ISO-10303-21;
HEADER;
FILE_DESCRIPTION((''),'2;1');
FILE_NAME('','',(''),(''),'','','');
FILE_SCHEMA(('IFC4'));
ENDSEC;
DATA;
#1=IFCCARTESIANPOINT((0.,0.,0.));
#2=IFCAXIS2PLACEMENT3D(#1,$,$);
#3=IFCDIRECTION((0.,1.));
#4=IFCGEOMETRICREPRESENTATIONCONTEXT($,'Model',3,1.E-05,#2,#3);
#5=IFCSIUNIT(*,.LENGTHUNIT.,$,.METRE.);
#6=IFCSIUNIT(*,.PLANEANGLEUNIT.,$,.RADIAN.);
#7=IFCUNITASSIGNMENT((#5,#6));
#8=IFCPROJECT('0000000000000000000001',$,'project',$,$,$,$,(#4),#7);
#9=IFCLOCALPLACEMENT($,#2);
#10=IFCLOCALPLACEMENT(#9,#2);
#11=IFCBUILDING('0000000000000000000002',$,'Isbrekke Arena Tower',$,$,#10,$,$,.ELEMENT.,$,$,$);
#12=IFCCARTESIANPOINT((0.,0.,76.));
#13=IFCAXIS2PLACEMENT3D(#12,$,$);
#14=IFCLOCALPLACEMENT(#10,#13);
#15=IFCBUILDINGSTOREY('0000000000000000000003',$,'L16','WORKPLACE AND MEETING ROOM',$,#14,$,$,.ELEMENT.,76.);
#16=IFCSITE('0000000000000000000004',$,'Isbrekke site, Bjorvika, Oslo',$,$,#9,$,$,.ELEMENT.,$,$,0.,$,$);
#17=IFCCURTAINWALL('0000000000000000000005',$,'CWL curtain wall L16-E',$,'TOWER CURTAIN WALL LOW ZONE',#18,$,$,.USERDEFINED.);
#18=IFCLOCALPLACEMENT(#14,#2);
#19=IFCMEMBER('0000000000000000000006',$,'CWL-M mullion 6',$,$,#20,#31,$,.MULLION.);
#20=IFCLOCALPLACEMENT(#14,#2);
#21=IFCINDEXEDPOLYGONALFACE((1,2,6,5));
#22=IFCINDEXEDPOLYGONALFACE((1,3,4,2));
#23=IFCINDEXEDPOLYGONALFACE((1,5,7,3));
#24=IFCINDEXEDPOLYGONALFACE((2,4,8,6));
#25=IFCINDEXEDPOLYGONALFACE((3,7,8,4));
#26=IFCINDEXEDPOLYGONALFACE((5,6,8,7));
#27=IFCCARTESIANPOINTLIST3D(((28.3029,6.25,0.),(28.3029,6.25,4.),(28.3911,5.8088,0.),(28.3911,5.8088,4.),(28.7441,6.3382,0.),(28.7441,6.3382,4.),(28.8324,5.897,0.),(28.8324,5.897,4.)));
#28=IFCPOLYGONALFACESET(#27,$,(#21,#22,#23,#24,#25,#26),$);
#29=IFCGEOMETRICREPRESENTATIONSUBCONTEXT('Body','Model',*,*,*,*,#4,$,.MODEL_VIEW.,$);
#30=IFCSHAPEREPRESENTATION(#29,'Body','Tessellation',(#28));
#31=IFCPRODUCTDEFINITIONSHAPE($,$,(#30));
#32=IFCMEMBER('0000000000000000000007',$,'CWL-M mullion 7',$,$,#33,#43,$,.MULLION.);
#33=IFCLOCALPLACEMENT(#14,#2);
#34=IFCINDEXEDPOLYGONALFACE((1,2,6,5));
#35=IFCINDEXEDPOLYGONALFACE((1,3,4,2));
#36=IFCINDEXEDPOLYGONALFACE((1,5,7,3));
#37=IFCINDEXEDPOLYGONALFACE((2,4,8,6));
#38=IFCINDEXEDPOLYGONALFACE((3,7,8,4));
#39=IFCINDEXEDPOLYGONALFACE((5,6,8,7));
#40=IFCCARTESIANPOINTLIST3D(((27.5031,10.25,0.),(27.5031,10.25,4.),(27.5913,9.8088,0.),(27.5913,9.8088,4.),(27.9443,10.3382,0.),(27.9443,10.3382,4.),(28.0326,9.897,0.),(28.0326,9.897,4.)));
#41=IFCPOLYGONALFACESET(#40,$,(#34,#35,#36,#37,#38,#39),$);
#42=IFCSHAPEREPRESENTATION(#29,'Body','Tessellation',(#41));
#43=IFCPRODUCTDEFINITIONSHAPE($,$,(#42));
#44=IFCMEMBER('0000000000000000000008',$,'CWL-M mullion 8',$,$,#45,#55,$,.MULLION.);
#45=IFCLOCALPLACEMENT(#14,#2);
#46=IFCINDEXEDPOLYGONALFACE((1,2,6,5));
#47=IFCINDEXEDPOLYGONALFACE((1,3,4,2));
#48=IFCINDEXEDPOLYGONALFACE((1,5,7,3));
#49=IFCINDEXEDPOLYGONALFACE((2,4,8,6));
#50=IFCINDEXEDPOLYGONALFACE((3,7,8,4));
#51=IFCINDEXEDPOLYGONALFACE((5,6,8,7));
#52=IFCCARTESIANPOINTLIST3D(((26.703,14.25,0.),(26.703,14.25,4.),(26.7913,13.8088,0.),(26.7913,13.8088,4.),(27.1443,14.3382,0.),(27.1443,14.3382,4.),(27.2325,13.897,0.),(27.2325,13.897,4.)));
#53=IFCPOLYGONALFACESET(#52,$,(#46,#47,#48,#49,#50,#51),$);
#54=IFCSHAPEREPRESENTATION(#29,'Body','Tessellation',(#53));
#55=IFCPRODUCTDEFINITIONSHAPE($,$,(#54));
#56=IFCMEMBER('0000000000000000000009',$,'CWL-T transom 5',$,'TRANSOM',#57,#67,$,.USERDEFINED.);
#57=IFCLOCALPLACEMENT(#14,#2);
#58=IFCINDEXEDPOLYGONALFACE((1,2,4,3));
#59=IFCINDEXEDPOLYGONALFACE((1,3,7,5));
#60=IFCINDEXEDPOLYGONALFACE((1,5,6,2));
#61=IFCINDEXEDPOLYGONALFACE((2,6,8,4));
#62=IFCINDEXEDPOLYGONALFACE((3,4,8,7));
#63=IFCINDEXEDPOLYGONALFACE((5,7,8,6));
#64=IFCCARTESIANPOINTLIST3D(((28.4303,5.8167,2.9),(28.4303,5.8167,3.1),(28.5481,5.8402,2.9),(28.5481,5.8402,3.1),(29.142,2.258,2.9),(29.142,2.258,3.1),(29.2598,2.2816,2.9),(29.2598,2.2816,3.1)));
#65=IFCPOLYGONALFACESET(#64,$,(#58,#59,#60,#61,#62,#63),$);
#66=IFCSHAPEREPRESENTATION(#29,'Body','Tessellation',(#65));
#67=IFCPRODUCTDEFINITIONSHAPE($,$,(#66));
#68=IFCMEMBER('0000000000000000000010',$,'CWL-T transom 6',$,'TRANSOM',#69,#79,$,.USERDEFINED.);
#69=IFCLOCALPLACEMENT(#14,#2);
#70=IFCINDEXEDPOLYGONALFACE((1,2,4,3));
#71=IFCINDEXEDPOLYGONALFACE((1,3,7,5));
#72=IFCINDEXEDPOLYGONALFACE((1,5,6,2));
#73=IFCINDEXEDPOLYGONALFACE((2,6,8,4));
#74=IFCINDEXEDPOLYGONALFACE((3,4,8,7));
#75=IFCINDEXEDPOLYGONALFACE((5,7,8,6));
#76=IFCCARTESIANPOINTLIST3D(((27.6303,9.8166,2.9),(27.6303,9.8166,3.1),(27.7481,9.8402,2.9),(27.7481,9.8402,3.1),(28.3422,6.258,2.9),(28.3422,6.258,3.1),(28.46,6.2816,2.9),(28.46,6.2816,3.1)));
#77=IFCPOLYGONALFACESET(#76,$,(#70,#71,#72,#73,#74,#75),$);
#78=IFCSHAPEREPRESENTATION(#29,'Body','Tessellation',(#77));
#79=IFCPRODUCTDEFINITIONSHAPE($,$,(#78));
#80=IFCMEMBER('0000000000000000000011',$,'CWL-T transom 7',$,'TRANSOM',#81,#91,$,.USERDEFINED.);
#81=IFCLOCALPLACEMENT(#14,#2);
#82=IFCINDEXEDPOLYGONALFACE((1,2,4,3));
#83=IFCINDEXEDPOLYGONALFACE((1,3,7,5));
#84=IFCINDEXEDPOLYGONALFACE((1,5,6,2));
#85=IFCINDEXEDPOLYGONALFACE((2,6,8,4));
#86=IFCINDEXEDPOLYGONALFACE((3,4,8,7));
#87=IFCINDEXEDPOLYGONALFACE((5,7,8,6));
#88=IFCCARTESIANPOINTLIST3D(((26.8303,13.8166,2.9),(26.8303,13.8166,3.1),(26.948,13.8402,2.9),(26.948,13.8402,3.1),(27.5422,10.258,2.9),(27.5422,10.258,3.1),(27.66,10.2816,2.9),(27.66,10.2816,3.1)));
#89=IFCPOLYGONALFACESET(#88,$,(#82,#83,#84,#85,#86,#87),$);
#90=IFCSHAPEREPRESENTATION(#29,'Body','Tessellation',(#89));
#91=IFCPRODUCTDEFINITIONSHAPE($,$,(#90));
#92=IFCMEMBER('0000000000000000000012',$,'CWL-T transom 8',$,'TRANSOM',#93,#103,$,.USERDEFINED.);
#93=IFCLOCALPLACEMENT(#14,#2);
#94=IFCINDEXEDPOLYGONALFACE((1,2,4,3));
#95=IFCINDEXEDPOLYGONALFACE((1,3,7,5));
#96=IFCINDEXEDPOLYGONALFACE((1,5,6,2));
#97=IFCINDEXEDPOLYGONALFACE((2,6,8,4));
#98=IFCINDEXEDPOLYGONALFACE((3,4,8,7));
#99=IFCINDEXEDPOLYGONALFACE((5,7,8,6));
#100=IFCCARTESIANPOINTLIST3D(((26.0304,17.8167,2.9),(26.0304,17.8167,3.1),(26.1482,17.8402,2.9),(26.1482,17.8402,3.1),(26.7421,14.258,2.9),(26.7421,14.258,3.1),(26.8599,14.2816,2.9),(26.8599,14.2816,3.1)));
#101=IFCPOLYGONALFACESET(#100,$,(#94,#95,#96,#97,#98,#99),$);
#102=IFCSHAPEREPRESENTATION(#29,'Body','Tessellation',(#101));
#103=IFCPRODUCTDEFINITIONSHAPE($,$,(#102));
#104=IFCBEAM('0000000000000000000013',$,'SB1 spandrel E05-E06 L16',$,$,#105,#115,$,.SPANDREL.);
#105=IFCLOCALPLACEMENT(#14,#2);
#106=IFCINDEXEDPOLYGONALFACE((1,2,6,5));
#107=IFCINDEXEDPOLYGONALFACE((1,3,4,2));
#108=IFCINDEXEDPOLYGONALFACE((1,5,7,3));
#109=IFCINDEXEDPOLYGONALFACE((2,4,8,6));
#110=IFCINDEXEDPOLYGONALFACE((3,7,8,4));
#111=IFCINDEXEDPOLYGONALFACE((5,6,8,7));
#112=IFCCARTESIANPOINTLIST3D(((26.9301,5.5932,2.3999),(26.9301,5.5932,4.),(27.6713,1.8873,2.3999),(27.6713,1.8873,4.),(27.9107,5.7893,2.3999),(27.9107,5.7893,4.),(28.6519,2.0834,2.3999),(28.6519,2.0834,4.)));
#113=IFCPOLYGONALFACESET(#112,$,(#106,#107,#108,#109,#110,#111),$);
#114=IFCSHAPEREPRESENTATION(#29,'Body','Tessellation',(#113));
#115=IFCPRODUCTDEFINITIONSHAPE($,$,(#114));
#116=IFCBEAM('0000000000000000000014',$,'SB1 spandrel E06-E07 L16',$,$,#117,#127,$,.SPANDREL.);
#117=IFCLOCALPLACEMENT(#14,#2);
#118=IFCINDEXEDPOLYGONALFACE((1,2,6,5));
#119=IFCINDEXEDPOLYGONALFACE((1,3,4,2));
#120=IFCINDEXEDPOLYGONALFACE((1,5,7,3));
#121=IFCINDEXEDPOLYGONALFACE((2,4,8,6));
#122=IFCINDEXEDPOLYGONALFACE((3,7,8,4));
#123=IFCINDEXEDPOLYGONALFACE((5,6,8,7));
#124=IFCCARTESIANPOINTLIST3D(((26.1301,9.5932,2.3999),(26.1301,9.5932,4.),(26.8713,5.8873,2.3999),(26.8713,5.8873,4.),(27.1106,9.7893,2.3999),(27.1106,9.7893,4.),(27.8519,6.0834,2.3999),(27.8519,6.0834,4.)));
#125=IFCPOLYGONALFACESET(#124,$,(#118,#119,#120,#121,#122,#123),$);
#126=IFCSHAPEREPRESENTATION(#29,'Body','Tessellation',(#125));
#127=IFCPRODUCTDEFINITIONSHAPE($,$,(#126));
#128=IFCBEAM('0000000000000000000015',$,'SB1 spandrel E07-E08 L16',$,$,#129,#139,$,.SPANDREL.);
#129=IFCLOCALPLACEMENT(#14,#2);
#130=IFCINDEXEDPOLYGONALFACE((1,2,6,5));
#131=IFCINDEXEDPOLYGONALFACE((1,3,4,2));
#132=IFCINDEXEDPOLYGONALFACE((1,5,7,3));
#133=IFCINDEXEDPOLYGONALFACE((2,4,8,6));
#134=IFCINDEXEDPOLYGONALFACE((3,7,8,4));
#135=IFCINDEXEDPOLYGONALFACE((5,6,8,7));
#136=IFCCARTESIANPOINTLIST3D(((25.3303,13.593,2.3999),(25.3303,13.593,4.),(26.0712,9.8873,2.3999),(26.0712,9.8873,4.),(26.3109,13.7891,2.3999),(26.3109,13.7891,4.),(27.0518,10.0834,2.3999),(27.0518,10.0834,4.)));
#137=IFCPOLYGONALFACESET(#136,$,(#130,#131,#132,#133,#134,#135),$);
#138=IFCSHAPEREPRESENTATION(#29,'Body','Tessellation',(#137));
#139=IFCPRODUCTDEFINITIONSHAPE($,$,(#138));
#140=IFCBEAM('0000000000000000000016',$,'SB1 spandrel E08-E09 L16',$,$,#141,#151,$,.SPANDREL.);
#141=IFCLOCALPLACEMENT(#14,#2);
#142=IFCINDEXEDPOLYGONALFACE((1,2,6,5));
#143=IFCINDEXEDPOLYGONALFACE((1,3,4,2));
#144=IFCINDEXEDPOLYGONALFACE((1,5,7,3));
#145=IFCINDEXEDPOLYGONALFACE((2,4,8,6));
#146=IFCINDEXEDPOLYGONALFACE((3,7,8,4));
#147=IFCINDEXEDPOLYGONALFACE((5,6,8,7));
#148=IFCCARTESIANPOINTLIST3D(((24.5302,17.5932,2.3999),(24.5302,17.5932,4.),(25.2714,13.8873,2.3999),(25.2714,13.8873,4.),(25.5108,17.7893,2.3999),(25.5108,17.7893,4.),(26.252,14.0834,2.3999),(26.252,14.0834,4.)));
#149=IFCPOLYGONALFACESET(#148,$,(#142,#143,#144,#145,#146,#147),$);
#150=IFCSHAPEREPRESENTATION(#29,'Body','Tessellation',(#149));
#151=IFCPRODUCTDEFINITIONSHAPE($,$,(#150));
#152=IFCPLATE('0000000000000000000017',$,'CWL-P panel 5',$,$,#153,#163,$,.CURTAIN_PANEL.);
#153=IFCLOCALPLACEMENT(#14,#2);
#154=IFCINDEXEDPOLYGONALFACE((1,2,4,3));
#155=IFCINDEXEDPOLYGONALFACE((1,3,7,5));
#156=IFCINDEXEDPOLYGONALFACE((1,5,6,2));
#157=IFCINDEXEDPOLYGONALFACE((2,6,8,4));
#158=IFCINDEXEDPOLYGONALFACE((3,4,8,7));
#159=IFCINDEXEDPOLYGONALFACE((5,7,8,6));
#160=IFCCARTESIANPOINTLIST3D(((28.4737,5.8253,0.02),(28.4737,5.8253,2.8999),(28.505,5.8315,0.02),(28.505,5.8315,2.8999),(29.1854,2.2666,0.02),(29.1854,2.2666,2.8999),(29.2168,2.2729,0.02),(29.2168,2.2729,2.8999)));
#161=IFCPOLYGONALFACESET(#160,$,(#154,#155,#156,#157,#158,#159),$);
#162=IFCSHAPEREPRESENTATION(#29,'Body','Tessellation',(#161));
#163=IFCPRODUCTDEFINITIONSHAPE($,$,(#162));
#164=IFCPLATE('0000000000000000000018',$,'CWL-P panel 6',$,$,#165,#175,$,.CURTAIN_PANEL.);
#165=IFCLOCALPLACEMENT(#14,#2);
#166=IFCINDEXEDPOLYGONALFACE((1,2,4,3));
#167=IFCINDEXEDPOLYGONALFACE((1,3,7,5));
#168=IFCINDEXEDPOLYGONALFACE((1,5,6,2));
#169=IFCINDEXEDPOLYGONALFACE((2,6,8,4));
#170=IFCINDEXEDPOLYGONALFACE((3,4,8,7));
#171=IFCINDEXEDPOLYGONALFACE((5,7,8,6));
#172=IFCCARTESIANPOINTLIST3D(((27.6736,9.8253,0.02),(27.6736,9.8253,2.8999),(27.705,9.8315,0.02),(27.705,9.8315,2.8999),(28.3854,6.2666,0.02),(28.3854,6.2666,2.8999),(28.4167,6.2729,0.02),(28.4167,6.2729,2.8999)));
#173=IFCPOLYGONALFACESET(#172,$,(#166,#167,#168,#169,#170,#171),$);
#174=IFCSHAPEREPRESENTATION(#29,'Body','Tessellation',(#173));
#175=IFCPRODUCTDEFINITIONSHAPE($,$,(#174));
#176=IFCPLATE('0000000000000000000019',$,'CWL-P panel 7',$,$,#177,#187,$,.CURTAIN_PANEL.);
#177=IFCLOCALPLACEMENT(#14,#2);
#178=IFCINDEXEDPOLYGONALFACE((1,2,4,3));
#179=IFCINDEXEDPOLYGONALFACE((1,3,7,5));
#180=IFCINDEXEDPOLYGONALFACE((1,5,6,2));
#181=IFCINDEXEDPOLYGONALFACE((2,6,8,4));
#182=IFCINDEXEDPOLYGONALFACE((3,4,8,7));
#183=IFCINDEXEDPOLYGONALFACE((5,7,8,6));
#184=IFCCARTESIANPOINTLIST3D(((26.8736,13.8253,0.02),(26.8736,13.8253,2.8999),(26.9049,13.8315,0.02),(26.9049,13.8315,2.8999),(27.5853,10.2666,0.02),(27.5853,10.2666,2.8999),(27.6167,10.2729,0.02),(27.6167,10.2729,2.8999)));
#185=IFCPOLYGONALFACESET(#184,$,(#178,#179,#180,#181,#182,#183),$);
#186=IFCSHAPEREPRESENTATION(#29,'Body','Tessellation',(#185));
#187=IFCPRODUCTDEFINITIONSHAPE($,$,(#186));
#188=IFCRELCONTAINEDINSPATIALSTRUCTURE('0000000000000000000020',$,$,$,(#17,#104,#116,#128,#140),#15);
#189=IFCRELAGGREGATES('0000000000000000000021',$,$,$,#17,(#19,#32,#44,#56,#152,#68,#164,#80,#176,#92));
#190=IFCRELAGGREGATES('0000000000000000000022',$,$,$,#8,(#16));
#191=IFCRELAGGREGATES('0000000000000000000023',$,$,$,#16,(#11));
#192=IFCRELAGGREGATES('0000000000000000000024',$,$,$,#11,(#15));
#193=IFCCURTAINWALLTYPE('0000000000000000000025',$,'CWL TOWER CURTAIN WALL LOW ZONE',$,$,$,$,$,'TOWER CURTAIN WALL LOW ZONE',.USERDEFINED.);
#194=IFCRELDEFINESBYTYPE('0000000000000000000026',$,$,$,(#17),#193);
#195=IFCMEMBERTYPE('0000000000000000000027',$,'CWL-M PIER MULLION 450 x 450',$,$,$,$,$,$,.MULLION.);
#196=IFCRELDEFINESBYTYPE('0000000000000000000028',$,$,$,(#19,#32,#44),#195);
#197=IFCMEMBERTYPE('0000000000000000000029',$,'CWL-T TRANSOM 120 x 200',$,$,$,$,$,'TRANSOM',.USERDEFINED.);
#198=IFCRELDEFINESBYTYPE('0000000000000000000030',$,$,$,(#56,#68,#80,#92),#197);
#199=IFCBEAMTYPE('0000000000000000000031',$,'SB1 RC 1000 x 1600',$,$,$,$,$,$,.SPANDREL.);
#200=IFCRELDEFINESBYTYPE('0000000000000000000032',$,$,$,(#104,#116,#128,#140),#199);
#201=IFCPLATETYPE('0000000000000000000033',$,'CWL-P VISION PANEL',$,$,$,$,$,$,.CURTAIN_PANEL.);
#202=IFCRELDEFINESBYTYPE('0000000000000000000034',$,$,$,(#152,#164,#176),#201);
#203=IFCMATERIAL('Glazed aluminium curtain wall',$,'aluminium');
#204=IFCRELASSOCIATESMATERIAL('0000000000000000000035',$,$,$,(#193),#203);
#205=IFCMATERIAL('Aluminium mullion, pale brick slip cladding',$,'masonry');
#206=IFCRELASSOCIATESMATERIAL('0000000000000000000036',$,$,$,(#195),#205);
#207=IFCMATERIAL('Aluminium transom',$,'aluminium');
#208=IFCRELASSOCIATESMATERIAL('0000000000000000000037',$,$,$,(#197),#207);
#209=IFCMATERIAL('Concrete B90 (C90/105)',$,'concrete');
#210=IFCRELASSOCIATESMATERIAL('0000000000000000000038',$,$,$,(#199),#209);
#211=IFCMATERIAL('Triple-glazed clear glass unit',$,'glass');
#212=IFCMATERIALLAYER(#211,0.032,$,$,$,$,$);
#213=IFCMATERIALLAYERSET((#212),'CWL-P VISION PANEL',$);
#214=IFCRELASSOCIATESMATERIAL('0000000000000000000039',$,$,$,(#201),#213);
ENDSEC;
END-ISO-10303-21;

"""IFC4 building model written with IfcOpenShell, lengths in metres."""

from ifc_helpers import new_model, si_unit, direction, frame, origin, origin_2d, place, context, subcontext, project, spatial, rectangle, extrude, material, layer, layer_set, material_profile, profile_set, type_object, element, aggregate, save


model = new_model("IFC4")

# Units and contexts
model_context = context("Model", 3, precision=1e-05, world=origin(), true_north=direction((0.0, 1.0)))
body_context = subcontext(model_context, "Body", "Model", "MODEL_VIEW")
ifc_project = project(units=[si_unit("LENGTHUNIT", "METRE"), si_unit("PLANEANGLEUNIT", "RADIAN")], contexts=[model_context])

# Site, building, storey
site_placement = place(None, origin())
site = spatial("IfcSite", under=ifc_project, at=site_placement, Name="Isbrekke site, Bjorvika, Oslo", CompositionType="ELEMENT", RefElevation=0.0)
building_placement = place(site_placement, origin())
building = spatial("IfcBuilding", under=site, at=building_placement, Name="Isbrekke Arena Tower", CompositionType="ELEMENT")
storey_placement = place(building_placement, frame((0.0, 0.0, 76.0)))
storey = spatial("IfcBuildingStorey", under=building, at=storey_placement, Name="L16", Description="WORKPLACE AND MEETING ROOM", CompositionType="ELEMENT", Elevation=76.0)

# Curtain wall, members
ifc_material_1 = material(Name="Glazed aluminium curtain wall", Category="aluminium")
curtain_wall_type = type_object("IfcCurtainWallType", Name="CWL TOWER CURTAIN WALL LOW ZONE", ElementType="TOWER CURTAIN WALL LOW ZONE", PredefinedType="USERDEFINED", material=ifc_material_1)
curtain_wall_placement = place(storey_placement, origin())
curtain_wall = element("IfcCurtainWall", 1, at=curtain_wall_placement, inside=storey, type_object=curtain_wall_type, Name="CWL curtain wall L16-E", ObjectType="TOWER CURTAIN WALL LOW ZONE", PredefinedType="USERDEFINED")
ifc_material_2 = material(Name="Aluminium mullion, pale brick slip cladding", Category="masonry")
ifc_material_profile_1 = material_profile(ifc_material_2, rectangle(XDim=0.45, YDim=0.45, at=origin_2d()), Name="PIER 450X450")
ifc_profile_set_1 = profile_set([ifc_material_profile_1], Name="Aluminium mullion, pale brick slip cladding")
member_type_1 = type_object("IfcMemberType", Name="CWL-M PIER MULLION 450 x 450", PredefinedType="MULLION", material=ifc_profile_set_1)
member_1_placement = place(storey_placement, frame((28.5676, 6.0735, 0.0), z_axis=(0.0, 0.0, 1.0), x_axis=(-0.196116, 0.980581, 0.0)))
member_1 = element("IfcMember", 2, at=member_1_placement, type_object=member_type_1, Name="CWL-M mullion 6", PredefinedType="MULLION", context=body_context, shape_type="SweptSolid", body=[
    extrude(rectangle(XDim=0.45, YDim=0.45, at=origin_2d()), origin(), (0.0, 0.0, 1.0), 4.0),
])
member_2_placement = place(storey_placement, frame((27.7678, 10.0735, 0.0), z_axis=(0.0, 0.0, 1.0), x_axis=(-0.196116, 0.980581, 0.0)))
member_2 = element("IfcMember", 3, at=member_2_placement, type_object=member_type_1, Name="CWL-M mullion 7", PredefinedType="MULLION", context=body_context, shape_type="SweptSolid", body=[
    extrude(rectangle(XDim=0.45, YDim=0.45, at=origin_2d()), origin(), (0.0, 0.0, 1.0), 4.0),
])
member_3_placement = place(storey_placement, frame((26.9678, 14.0735, 0.0), z_axis=(0.0, 0.0, 1.0), x_axis=(-0.196116, 0.980581, 0.0)))
member_3 = element("IfcMember", 4, at=member_3_placement, type_object=member_type_1, Name="CWL-M mullion 8", PredefinedType="MULLION", context=body_context, shape_type="SweptSolid", body=[
    extrude(rectangle(XDim=0.45, YDim=0.45, at=origin_2d()), origin(), (0.0, 0.0, 1.0), 4.0),
])
ifc_material_3 = material(Name="Aluminium transom", Category="aluminium")
ifc_material_profile_2 = material_profile(ifc_material_3, rectangle(XDim=0.1201, YDim=0.2, at=origin_2d()), Name="TRANSOM 120X200")
ifc_profile_set_2 = profile_set([ifc_material_profile_2], Name="Aluminium transom")
member_type_2 = type_object("IfcMemberType", Name="CWL-T TRANSOM 120 x 200", ElementType="TRANSOM", PredefinedType="USERDEFINED", material=ifc_profile_set_2)
member_4_placement = place(storey_placement, frame((29.2009, 2.2698, 3.0), z_axis=(-0.196103, 0.980583, 0.0), x_axis=(-0.980583, -0.196103, 0.0)))
member_4 = element("IfcMember", 5, at=member_4_placement, type_object=member_type_2, Name="CWL-T transom 5", ObjectType="TRANSOM", PredefinedType="USERDEFINED", context=body_context, shape_type="SweptSolid", body=[
    extrude(rectangle(XDim=0.1201, YDim=0.2, at=origin_2d()), origin(), (0.0, 0.0, 1.0), 3.6292),
])
member_5_placement = place(storey_placement, frame((28.4011, 6.2698, 3.0), z_axis=(-0.196168, 0.98057, 0.0), x_axis=(-0.98057, -0.196168, 0.0)))
member_5 = element("IfcMember", 6, at=member_5_placement, type_object=member_type_2, Name="CWL-T transom 6", ObjectType="TRANSOM", PredefinedType="USERDEFINED", context=body_context, shape_type="SweptSolid", body=[
    extrude(rectangle(XDim=0.1201, YDim=0.2, at=origin_2d()), origin(), (0.0, 0.0, 1.0), 3.6292),
])
member_6_placement = place(storey_placement, frame((27.6011, 10.2698, 3.0), z_axis=(-0.196168, 0.98057, 0.0), x_axis=(-0.98057, -0.196168, 0.0)))
member_6 = element("IfcMember", 7, at=member_6_placement, type_object=member_type_2, Name="CWL-T transom 7", ObjectType="TRANSOM", PredefinedType="USERDEFINED", context=body_context, shape_type="SweptSolid", body=[
    extrude(rectangle(XDim=0.1201, YDim=0.2, at=origin_2d()), origin(), (0.0, 0.0, 1.0), 3.6292),
])
member_7_placement = place(storey_placement, frame((26.801, 14.2698, 3.0), z_axis=(-0.196103, 0.980583, 0.0), x_axis=(-0.980583, -0.196103, 0.0)))
member_7 = element("IfcMember", 8, at=member_7_placement, type_object=member_type_2, Name="CWL-T transom 8", ObjectType="TRANSOM", PredefinedType="USERDEFINED", context=body_context, shape_type="SweptSolid", body=[
    extrude(rectangle(XDim=0.1201, YDim=0.2, at=origin_2d()), origin(), (0.0, 0.0, 1.0), 3.6292),
])

# Beams
ifc_material_4 = material(Name="Concrete B90 (C90/105)", Category="concrete")
ifc_material_profile_3 = material_profile(ifc_material_4, rectangle(XDim=1.0, YDim=1.6001, at=origin_2d()), Name="RC 1000x1600")
ifc_profile_set_3 = profile_set([ifc_material_profile_3], Name="Concrete B90 (C90/105)")
beam_type_1 = type_object("IfcBeamType", Name="SB1 RC 1000 x 1600", PredefinedType="SPANDREL", material=ifc_profile_set_3)
for number, where, z_axis, x_axis, name in (
    (9, (28.1616, 1.9854, 3.2), (-0.196129, 0.980578, 0.0), (-0.980578, -0.196129, 0.0), "SB1 spandrel E05-E06 L16"),
    (10, (27.3616, 5.9854, 3.2), (-0.196129, 0.980578, 0.0), (-0.980578, -0.196129, 0.0), "SB1 spandrel E06-E07 L16"),
):
    element("IfcBeam", number, at=place(storey_placement, frame(where, z_axis=z_axis, x_axis=x_axis)), inside=storey, type_object=beam_type_1, Name=name, PredefinedType="SPANDREL", context=body_context, shape_type="SweptSolid", body=[
        extrude(rectangle(XDim=1.0, YDim=1.6001, at=origin_2d()), origin(), (0.0, 0.0, 1.0), 3.7793),
    ])
beam_1_placement = place(storey_placement, frame((26.5615, 9.9854, 3.2), z_axis=(-0.196066, 0.980591, 0.0), x_axis=(-0.980591, -0.196066, 0.0)))
element("IfcBeam", 11, at=beam_1_placement, inside=storey, type_object=beam_type_1, Name="SB1 spandrel E07-E08 L16", PredefinedType="SPANDREL", context=body_context, shape_type="SweptSolid", body=[
    extrude(rectangle(XDim=1.0, YDim=1.6001, at=origin_2d()), origin(), (0.0, 0.0, 1.0), 3.7791),
])
beam_2_placement = place(storey_placement, frame((25.7617, 13.9854, 3.2), z_axis=(-0.196129, 0.980578, 0.0), x_axis=(-0.980578, -0.196129, 0.0)))
element("IfcBeam", 12, at=beam_2_placement, inside=storey, type_object=beam_type_1, Name="SB1 spandrel E08-E09 L16", PredefinedType="SPANDREL", context=body_context, shape_type="SweptSolid", body=[
    extrude(rectangle(XDim=1.0, YDim=1.6001, at=origin_2d()), origin(), (0.0, 0.0, 1.0), 3.7793),
])

# Plates
ifc_material_5 = material(Name="Triple-glazed clear glass unit", Category="glass")
ifc_layer_1 = layer(ifc_material_5, 0.032)
ifc_layer_set_1 = layer_set([ifc_layer_1], Name="CWL-P VISION PANEL")
plate_type = type_object("IfcPlateType", Name="CWL-P VISION PANEL", PredefinedType="CURTAIN_PANEL", material=ifc_layer_set_1)
plate_1_placement = place(storey_placement, frame((28.8452, 4.0491, 0.02), z_axis=(0.0, 0.0, 1.0), x_axis=(-0.196116, 0.980581, 0.0)))
plate_1 = element("IfcPlate", 13, at=plate_1_placement, type_object=plate_type, Name="CWL-P panel 5", PredefinedType="CURTAIN_PANEL", context=body_context, shape_type="SweptSolid", body=[
    extrude(rectangle(XDim=3.6292, YDim=0.032, at=origin_2d()), origin(), (0.0, 0.0, 1.0), 2.8799),
])
plate_2_placement = place(storey_placement, frame((28.0452, 8.0491, 0.02), z_axis=(0.0, 0.0, 1.0), x_axis=(-0.196116, 0.980581, 0.0)))
plate_2 = element("IfcPlate", 14, at=plate_2_placement, type_object=plate_type, Name="CWL-P panel 6", PredefinedType="CURTAIN_PANEL", context=body_context, shape_type="SweptSolid", body=[
    extrude(rectangle(XDim=3.6292, YDim=0.032, at=origin_2d()), origin(), (0.0, 0.0, 1.0), 2.8799),
])
plate_3_placement = place(storey_placement, frame((27.2451, 12.0491, 0.02), z_axis=(0.0, 0.0, 1.0), x_axis=(-0.196116, 0.980581, 0.0)))
plate_3 = element("IfcPlate", 15, at=plate_3_placement, type_object=plate_type, Name="CWL-P panel 7", PredefinedType="CURTAIN_PANEL", context=body_context, shape_type="SweptSolid", body=[
    extrude(rectangle(XDim=3.6292, YDim=0.032, at=origin_2d()), origin(), (0.0, 0.0, 1.0), 2.8799),
])
aggregate(curtain_wall, [member_1, member_2, member_3, member_4, plate_1, member_5, plate_2, member_6, plate_3, member_7])

save(model, "model.ifc")
